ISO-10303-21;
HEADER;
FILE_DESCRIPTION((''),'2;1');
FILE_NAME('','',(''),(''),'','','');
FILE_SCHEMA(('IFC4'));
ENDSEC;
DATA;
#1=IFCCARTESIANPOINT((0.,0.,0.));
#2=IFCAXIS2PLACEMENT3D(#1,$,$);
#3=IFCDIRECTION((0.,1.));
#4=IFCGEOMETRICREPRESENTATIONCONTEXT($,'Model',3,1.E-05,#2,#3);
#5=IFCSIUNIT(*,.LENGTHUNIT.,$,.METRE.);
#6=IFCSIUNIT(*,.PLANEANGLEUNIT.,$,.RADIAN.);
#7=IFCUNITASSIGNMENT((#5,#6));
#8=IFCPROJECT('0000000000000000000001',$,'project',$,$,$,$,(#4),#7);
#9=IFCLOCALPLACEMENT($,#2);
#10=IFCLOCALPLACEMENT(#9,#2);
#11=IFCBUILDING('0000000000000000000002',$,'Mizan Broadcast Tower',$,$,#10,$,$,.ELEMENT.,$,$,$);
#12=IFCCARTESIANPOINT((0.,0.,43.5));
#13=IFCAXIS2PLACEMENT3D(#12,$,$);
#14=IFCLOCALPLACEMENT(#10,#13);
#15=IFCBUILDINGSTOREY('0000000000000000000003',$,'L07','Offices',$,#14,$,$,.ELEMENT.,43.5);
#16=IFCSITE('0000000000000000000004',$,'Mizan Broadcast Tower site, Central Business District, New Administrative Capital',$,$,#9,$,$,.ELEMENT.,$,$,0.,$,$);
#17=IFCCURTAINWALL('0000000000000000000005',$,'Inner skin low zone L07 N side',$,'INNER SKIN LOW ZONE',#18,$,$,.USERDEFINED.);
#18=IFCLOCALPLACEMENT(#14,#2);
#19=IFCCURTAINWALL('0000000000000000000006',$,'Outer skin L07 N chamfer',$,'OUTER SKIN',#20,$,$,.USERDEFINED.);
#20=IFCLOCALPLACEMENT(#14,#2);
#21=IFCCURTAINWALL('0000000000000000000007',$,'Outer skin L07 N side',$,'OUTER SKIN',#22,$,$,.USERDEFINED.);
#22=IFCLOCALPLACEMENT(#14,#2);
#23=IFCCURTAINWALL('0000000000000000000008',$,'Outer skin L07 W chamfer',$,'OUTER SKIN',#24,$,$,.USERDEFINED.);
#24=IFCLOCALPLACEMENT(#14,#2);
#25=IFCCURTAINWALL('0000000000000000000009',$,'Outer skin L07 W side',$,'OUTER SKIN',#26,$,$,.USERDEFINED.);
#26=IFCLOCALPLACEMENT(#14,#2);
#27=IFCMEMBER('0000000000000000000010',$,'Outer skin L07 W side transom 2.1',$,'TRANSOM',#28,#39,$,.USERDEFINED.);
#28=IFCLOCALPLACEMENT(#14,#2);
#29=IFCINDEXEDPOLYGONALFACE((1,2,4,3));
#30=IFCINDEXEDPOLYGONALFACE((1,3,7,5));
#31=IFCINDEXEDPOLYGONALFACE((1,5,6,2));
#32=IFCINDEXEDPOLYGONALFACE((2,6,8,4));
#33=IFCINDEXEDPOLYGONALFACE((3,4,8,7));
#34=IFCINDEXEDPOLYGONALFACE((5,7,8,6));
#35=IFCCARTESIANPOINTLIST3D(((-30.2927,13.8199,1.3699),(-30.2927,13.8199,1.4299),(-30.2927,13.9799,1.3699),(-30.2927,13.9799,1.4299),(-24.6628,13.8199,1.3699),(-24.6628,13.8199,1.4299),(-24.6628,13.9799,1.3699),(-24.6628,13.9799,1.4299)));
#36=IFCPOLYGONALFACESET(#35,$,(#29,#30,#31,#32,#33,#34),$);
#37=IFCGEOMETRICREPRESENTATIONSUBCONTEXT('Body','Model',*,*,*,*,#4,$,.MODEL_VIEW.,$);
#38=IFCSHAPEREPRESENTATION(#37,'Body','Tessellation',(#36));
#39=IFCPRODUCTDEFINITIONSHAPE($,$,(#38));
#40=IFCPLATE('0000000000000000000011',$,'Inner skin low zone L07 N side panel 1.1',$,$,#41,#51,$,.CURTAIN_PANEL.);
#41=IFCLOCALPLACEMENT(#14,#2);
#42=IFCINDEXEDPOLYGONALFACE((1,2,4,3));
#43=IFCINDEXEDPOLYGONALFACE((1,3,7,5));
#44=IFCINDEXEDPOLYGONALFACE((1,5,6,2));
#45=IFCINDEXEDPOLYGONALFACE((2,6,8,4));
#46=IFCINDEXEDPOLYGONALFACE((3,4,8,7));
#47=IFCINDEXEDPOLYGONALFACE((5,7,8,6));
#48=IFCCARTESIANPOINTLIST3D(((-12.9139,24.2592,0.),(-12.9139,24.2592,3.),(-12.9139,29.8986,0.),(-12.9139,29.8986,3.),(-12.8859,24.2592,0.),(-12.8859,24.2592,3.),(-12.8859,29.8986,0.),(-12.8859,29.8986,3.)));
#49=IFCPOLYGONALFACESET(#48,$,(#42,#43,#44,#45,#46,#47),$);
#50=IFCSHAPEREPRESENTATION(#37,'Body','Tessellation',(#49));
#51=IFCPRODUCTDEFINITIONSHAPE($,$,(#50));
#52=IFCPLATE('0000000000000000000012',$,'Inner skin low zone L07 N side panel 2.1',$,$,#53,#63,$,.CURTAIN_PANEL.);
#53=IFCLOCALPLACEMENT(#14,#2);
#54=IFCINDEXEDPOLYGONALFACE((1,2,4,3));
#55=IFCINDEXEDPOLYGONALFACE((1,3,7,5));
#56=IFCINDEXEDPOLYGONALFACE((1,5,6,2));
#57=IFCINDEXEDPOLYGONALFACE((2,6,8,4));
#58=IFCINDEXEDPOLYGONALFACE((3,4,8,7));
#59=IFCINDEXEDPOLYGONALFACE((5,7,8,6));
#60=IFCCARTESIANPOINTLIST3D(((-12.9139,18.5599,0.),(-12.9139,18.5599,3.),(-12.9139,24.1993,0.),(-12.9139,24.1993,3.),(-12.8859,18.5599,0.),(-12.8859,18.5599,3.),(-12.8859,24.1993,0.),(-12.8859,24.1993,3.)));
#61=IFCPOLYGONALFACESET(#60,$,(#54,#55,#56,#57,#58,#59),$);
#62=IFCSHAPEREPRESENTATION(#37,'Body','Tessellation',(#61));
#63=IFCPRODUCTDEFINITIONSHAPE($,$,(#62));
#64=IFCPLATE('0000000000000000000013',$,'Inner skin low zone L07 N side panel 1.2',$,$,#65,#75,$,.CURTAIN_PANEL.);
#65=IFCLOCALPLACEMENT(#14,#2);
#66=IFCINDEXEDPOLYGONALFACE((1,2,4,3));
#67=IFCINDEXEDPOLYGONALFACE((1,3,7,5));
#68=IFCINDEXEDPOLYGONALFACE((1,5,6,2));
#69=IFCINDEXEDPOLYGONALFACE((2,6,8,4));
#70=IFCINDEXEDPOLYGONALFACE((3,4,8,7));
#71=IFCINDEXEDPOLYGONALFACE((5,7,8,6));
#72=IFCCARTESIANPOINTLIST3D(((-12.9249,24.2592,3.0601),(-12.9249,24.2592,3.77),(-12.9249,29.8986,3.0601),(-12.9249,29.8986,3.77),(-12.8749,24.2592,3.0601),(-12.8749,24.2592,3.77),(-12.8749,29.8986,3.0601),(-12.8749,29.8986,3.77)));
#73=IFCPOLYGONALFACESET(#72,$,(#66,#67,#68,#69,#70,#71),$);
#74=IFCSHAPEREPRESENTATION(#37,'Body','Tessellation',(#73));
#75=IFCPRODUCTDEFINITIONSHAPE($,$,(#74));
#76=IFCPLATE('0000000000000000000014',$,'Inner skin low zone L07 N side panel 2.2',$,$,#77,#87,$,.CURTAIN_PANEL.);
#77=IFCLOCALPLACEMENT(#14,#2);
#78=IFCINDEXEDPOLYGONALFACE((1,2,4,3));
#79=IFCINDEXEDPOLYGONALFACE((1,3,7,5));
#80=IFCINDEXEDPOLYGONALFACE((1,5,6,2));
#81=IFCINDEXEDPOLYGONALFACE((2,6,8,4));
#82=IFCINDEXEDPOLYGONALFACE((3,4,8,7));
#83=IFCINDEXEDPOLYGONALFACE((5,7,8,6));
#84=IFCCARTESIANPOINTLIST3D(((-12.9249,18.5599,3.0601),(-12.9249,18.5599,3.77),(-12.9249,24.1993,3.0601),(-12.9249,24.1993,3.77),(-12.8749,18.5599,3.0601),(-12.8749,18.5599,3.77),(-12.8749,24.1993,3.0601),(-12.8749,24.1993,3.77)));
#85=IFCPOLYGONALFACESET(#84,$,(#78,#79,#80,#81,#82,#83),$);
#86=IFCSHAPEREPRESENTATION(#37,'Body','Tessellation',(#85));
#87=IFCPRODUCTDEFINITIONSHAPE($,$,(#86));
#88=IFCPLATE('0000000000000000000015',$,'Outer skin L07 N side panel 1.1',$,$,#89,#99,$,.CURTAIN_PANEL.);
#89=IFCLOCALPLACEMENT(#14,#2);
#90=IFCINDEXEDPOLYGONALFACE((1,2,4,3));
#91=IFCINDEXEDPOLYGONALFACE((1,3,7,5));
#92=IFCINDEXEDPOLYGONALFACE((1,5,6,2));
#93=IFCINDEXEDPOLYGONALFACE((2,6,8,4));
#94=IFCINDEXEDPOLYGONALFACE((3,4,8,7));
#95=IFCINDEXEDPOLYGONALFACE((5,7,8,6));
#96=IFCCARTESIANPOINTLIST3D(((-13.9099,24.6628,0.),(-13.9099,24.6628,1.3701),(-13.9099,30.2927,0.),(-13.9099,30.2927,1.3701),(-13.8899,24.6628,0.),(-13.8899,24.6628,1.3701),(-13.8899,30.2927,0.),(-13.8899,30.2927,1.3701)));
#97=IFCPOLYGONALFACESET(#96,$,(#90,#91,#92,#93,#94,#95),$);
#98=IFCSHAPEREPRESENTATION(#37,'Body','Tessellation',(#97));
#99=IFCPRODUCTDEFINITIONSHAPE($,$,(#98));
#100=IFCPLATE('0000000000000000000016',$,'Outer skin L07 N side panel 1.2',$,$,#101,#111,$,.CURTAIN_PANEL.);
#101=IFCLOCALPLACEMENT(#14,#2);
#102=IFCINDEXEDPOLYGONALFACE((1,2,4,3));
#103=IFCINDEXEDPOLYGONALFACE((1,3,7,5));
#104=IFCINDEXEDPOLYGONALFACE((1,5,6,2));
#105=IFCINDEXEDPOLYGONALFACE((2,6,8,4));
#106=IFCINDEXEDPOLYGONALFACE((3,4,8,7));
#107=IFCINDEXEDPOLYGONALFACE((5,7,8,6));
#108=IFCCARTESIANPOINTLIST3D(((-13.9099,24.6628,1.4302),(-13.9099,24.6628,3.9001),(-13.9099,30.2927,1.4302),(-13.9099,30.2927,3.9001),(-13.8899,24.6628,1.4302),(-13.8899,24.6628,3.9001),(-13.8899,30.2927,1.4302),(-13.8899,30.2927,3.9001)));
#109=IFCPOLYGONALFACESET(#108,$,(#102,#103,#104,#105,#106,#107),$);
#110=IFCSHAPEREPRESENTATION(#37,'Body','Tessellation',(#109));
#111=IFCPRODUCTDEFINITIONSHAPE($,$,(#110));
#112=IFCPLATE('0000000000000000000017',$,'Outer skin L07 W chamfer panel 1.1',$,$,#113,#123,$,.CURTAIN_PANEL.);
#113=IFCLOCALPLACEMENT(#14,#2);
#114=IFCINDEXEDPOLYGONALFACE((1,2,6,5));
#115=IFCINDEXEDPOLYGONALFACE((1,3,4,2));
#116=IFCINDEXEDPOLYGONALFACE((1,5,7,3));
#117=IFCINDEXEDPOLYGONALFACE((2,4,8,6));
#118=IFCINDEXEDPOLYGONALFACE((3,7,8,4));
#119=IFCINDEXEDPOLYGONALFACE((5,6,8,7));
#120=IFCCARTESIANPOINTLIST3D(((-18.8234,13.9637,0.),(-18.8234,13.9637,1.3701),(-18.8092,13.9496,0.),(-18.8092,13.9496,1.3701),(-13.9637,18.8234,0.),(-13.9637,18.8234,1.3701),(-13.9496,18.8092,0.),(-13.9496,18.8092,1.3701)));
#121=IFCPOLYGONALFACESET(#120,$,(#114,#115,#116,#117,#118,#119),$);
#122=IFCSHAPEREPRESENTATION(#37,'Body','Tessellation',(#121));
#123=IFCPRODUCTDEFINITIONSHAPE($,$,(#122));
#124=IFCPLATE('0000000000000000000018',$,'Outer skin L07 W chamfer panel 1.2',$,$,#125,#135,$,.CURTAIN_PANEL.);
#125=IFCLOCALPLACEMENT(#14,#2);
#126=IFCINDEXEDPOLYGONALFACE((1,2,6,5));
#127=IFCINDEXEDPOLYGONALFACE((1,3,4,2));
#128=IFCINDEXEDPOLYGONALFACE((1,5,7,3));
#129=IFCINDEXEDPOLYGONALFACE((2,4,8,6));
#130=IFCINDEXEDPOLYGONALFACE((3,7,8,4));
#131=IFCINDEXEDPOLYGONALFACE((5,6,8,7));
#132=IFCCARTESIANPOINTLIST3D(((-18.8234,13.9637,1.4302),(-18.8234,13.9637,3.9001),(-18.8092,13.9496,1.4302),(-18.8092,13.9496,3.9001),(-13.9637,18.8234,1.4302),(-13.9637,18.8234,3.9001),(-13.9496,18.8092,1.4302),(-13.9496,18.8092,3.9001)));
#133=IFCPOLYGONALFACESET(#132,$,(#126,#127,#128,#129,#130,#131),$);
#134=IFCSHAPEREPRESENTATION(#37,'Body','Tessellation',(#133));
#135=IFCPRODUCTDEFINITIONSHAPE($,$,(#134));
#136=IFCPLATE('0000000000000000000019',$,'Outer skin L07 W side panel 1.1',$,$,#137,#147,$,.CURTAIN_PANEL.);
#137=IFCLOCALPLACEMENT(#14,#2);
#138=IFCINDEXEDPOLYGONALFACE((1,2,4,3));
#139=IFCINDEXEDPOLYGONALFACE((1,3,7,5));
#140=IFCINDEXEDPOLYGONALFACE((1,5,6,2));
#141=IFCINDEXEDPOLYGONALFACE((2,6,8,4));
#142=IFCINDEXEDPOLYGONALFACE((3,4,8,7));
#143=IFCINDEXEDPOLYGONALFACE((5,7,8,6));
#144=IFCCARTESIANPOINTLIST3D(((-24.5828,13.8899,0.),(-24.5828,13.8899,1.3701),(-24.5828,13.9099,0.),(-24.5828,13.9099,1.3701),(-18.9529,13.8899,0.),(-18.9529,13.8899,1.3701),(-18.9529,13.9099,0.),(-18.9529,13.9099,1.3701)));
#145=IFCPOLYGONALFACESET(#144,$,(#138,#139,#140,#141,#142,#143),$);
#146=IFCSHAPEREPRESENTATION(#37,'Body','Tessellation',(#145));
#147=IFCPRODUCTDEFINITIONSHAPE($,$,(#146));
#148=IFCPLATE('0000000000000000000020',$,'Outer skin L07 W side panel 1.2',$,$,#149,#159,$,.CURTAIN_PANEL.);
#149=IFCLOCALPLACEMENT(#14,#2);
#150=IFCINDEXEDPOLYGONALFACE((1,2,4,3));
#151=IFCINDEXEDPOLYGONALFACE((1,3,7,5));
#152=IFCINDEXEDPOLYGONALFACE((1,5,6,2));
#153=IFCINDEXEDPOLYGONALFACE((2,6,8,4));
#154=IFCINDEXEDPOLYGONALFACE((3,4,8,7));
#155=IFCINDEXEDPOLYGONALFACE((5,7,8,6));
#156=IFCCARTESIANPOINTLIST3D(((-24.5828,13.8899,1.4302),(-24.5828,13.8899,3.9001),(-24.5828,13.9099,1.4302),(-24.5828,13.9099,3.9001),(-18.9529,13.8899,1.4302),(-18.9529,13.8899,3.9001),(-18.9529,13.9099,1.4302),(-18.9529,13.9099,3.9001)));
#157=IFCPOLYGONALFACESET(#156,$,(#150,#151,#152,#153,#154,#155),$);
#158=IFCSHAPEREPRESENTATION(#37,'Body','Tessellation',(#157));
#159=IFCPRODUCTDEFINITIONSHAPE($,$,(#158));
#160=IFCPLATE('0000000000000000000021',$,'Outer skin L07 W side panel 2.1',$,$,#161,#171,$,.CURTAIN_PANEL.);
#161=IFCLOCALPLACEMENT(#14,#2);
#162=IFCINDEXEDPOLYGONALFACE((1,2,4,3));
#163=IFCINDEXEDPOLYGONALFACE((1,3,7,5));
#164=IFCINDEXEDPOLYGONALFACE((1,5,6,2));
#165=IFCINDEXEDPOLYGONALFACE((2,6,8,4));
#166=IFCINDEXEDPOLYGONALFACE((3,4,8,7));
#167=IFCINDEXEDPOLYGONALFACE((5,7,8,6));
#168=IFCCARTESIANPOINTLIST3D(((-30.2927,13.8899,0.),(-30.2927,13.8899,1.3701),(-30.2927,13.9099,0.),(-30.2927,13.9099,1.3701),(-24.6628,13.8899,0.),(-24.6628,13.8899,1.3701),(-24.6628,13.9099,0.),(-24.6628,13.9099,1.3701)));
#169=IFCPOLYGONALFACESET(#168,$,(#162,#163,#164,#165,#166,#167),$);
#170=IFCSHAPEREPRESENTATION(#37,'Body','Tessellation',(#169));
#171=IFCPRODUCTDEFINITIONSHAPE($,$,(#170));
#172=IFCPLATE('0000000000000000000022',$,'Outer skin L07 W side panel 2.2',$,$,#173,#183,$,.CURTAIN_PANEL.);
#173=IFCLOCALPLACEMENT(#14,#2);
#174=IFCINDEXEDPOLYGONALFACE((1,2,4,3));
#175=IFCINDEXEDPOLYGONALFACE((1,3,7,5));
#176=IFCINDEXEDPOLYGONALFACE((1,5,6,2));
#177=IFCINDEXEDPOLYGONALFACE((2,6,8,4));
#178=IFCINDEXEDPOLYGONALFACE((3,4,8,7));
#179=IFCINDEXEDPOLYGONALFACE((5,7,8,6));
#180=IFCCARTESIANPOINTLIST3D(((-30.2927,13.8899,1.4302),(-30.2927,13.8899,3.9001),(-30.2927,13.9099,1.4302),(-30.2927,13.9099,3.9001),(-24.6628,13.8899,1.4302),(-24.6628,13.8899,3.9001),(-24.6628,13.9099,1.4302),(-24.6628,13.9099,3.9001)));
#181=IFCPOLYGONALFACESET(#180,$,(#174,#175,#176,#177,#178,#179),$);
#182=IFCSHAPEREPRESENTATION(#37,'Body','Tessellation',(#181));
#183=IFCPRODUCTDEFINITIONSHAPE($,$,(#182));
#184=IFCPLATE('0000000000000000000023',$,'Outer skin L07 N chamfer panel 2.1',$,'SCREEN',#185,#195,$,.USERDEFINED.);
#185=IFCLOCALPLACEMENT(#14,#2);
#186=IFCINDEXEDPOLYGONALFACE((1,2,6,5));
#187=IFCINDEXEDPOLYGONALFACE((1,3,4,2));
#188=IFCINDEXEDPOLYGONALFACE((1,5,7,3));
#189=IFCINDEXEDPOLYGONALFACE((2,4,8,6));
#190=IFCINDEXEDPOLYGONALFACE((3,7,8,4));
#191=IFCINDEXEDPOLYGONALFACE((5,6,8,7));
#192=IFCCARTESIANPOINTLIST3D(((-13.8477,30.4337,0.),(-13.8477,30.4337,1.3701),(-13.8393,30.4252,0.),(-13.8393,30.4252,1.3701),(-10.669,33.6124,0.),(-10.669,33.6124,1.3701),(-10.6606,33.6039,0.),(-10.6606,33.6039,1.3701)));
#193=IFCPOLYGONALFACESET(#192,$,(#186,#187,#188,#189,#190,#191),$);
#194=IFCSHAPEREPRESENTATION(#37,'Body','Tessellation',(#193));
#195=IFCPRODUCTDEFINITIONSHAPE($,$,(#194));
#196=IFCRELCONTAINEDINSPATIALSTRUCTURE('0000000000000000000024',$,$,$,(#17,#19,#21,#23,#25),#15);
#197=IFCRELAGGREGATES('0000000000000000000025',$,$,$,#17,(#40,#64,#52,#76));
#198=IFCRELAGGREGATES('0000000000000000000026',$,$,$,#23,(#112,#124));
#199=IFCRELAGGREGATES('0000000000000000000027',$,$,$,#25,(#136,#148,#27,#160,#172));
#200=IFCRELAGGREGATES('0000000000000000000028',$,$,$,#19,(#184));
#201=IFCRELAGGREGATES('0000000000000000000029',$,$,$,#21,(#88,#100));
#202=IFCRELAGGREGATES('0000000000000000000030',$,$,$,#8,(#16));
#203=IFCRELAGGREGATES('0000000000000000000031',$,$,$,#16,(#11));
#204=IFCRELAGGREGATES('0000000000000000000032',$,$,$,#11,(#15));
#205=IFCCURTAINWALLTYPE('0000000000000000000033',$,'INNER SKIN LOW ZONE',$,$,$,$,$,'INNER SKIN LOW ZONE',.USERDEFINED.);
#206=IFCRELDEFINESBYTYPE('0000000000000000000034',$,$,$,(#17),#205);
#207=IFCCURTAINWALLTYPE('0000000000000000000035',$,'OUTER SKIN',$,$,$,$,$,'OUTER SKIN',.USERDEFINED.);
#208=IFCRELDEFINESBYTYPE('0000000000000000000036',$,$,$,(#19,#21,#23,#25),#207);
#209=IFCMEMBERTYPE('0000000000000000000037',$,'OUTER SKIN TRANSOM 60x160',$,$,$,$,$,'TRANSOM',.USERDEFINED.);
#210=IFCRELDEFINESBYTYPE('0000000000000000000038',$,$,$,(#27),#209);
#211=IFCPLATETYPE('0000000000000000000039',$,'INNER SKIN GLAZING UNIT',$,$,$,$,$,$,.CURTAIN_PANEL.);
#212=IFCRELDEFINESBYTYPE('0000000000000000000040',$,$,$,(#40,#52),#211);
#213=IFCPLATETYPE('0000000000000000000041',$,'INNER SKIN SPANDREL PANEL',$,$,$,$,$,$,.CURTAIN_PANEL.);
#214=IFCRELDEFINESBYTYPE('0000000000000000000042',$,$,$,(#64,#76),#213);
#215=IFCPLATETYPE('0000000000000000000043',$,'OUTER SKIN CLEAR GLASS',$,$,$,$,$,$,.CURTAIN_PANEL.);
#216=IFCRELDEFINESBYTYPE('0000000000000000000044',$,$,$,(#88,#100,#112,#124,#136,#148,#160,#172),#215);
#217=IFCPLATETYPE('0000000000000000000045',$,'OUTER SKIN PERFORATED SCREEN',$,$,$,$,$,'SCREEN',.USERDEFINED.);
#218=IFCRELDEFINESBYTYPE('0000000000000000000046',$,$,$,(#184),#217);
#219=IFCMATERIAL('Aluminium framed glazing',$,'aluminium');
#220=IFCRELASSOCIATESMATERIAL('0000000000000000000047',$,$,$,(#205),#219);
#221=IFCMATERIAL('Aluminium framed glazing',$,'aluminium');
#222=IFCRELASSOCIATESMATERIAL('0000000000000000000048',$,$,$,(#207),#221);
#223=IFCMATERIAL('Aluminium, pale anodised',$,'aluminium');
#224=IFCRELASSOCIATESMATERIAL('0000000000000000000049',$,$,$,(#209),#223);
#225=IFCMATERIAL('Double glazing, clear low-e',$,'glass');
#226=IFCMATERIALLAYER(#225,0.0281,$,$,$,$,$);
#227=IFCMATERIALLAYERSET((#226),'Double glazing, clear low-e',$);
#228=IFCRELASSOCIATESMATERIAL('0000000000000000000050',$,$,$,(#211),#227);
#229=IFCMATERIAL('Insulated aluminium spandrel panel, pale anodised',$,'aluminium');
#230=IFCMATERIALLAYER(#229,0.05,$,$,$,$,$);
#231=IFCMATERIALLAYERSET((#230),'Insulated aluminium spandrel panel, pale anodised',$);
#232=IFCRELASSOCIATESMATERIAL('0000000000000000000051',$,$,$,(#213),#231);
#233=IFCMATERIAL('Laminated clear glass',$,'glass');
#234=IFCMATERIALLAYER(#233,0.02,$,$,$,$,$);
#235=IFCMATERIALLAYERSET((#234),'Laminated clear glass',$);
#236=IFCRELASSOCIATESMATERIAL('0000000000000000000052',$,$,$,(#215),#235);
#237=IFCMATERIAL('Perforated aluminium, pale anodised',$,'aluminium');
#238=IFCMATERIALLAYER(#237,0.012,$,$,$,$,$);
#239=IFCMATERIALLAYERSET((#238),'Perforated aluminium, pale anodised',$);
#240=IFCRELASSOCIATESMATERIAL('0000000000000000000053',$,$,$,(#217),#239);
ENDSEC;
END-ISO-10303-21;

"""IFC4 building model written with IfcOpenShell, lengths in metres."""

from ifc_helpers import new_model, si_unit, direction, frame, origin, origin_2d, place, context, subcontext, project, spatial, rectangle, extrude, material, layer, layer_set, material_profile, profile_set, type_object, element, aggregate, save


model = new_model("IFC4")

# Units and contexts
model_context = context("Model", 3, precision=1e-05, world=origin(), true_north=direction((0.0, 1.0)))
body_context = subcontext(model_context, "Body", "Model", "MODEL_VIEW")
ifc_project = project(units=[si_unit("LENGTHUNIT", "METRE"), si_unit("PLANEANGLEUNIT", "RADIAN")], contexts=[model_context])

# Site, building, storey
site_placement = place(None, origin())
site = spatial("IfcSite", under=ifc_project, at=site_placement, Name="Mizan Broadcast Tower site, Central Business District, New Administrative Capital", CompositionType="ELEMENT", RefElevation=0.0)
building_placement = place(site_placement, origin())
building = spatial("IfcBuilding", under=site, at=building_placement, Name="Mizan Broadcast Tower", CompositionType="ELEMENT")
storey_placement = place(building_placement, frame((0.0, 0.0, 43.5)))
storey = spatial("IfcBuildingStorey", under=building, at=storey_placement, Name="L07", Description="Offices", CompositionType="ELEMENT", Elevation=43.5)

# Shared definitions
ifc_material_1 = material(Name="Aluminium framed glazing", Category="aluminium")
curtain_wall_type_1 = type_object("IfcCurtainWallType", Name="INNER SKIN LOW ZONE", ElementType="INNER SKIN LOW ZONE", PredefinedType="USERDEFINED", material=ifc_material_1)

# Curtain wall
curtain_wall_1_placement = place(storey_placement, origin())
curtain_wall_1 = element("IfcCurtainWall", 1, at=curtain_wall_1_placement, inside=storey, type_object=curtain_wall_type_1, Name="Inner skin low zone L07 N side", ObjectType="INNER SKIN LOW ZONE", PredefinedType="USERDEFINED")

# Curtain wall
ifc_material_2 = material(Name="Aluminium framed glazing", Category="aluminium")
curtain_wall_type_2 = type_object("IfcCurtainWallType", Name="OUTER SKIN", ElementType="OUTER SKIN", PredefinedType="USERDEFINED", material=ifc_material_2)
curtain_wall_2_placement = place(storey_placement, origin())
curtain_wall_2 = element("IfcCurtainWall", 2, at=curtain_wall_2_placement, inside=storey, type_object=curtain_wall_type_2, Name="Outer skin L07 N chamfer", ObjectType="OUTER SKIN", PredefinedType="USERDEFINED")

# Curtain wall
curtain_wall_3_placement = place(storey_placement, origin())
curtain_wall_3 = element("IfcCurtainWall", 3, at=curtain_wall_3_placement, inside=storey, type_object=curtain_wall_type_2, Name="Outer skin L07 N side", ObjectType="OUTER SKIN", PredefinedType="USERDEFINED")

# Curtain walls
curtain_wall_4_placement = place(storey_placement, origin())
curtain_wall_4 = element("IfcCurtainWall", 4, at=curtain_wall_4_placement, inside=storey, type_object=curtain_wall_type_2, Name="Outer skin L07 W chamfer", ObjectType="OUTER SKIN", PredefinedType="USERDEFINED")
curtain_wall_5_placement = place(storey_placement, origin())
curtain_wall_5 = element("IfcCurtainWall", 5, at=curtain_wall_5_placement, inside=storey, type_object=curtain_wall_type_2, Name="Outer skin L07 W side", ObjectType="OUTER SKIN", PredefinedType="USERDEFINED")

# Member
ifc_material_3 = material(Name="Aluminium, pale anodised", Category="aluminium")
ifc_material_profile_1 = material_profile(ifc_material_3, rectangle(XDim=0.1599, YDim=0.0601, at=origin_2d()), Name="TRANSOM 160x60")
ifc_profile_set_1 = profile_set([ifc_material_profile_1], Name="Aluminium, pale anodised")
member_type_1 = type_object("IfcMemberType", Name="OUTER SKIN TRANSOM 60x160", ElementType="TRANSOM", PredefinedType="USERDEFINED", material=ifc_profile_set_1)
member_1_placement = place(storey_placement, frame((-24.6628, 13.8999, 1.3999), z_axis=(-1.0, 0.0, 0.0), x_axis=(0.0, -1.0, 0.0)))
member_1 = element("IfcMember", 6, at=member_1_placement, type_object=member_type_1, Name="Outer skin L07 W side transom 2.1", ObjectType="TRANSOM", PredefinedType="USERDEFINED", context=body_context, shape_type="SweptSolid", body=[
    extrude(rectangle(XDim=0.1599, YDim=0.0601, at=origin_2d()), origin(), (0.0, 0.0, 1.0), 5.6299),
])

# Plates
ifc_material_4 = material(Name="Double glazing, clear low-e", Category="glass")
ifc_layer_1 = layer(ifc_material_4, 0.0281)
ifc_layer_set_1 = layer_set([ifc_layer_1], Name="Double glazing, clear low-e")
plate_type_1 = type_object("IfcPlateType", Name="INNER SKIN GLAZING UNIT", PredefinedType="CURTAIN_PANEL", material=ifc_layer_set_1)
plate_1_placement = place(storey_placement, frame((-12.8999, 27.0789, 0.0), z_axis=(0.0, 0.0, 1.0), x_axis=(0.0, -1.0, 0.0)))
plate_1 = element("IfcPlate", 7, at=plate_1_placement, type_object=plate_type_1, Name="Inner skin low zone L07 N side panel 1.1", PredefinedType="CURTAIN_PANEL", context=body_context, shape_type="SweptSolid", body=[
    extrude(rectangle(XDim=5.6394, YDim=0.0281, at=origin_2d()), origin(), (0.0, 0.0, 1.0), 3.0),
])
plate_2_placement = place(storey_placement, frame((-12.8999, 21.3796, 0.0), z_axis=(0.0, 0.0, 1.0), x_axis=(0.0, -1.0, 0.0)))
plate_2 = element("IfcPlate", 8, at=plate_2_placement, type_object=plate_type_1, Name="Inner skin low zone L07 N side panel 2.1", PredefinedType="CURTAIN_PANEL", context=body_context, shape_type="SweptSolid", body=[
    extrude(rectangle(XDim=5.6394, YDim=0.0281, at=origin_2d()), origin(), (0.0, 0.0, 1.0), 3.0),
])
ifc_material_5 = material(Name="Insulated aluminium spandrel panel, pale anodised", Category="aluminium")
ifc_layer_2 = layer(ifc_material_5, 0.05)
ifc_layer_set_2 = layer_set([ifc_layer_2], Name="Insulated aluminium spandrel panel, pale anodised")
plate_type_2 = type_object("IfcPlateType", Name="INNER SKIN SPANDREL PANEL", PredefinedType="CURTAIN_PANEL", material=ifc_layer_set_2)
plate_3_placement = place(storey_placement, frame((-12.8999, 27.0789, 3.0601), z_axis=(0.0, 0.0, 1.0), x_axis=(0.0, -1.0, 0.0)))
plate_3 = element("IfcPlate", 9, at=plate_3_placement, type_object=plate_type_2, Name="Inner skin low zone L07 N side panel 1.2", PredefinedType="CURTAIN_PANEL", context=body_context, shape_type="SweptSolid", body=[
    extrude(rectangle(XDim=5.6394, YDim=0.05, at=origin_2d()), origin(), (0.0, 0.0, 1.0), 0.71),
])
plate_4_placement = place(storey_placement, frame((-12.8999, 21.3796, 3.0601), z_axis=(0.0, 0.0, 1.0), x_axis=(0.0, -1.0, 0.0)))
plate_4 = element("IfcPlate", 10, at=plate_4_placement, type_object=plate_type_2, Name="Inner skin low zone L07 N side panel 2.2", PredefinedType="CURTAIN_PANEL", context=body_context, shape_type="SweptSolid", body=[
    extrude(rectangle(XDim=5.6394, YDim=0.05, at=origin_2d()), origin(), (0.0, 0.0, 1.0), 0.71),
])
aggregate(curtain_wall_1, [plate_1, plate_3, plate_2, plate_4])
ifc_material_6 = material(Name="Laminated clear glass", Category="glass")
ifc_layer_3 = layer(ifc_material_6, 0.02)
ifc_layer_set_3 = layer_set([ifc_layer_3], Name="Laminated clear glass")
plate_type_3 = type_object("IfcPlateType", Name="OUTER SKIN CLEAR GLASS", PredefinedType="CURTAIN_PANEL", material=ifc_layer_set_3)
plate_5_placement = place(storey_placement, frame((-13.8999, 27.4778, 0.0), z_axis=(0.0, 0.0, 1.0), x_axis=(0.0, -1.0, 0.0)))
plate_5 = element("IfcPlate", 11, at=plate_5_placement, type_object=plate_type_3, Name="Outer skin L07 N side panel 1.1", PredefinedType="CURTAIN_PANEL", context=body_context, shape_type="SweptSolid", body=[
    extrude(rectangle(XDim=5.6299, YDim=0.02, at=origin_2d()), origin(), (0.0, 0.0, 1.0), 1.3701),
])
plate_6_placement = place(storey_placement, frame((-13.8999, 27.4778, 1.4302), z_axis=(0.0, 0.0, 1.0), x_axis=(0.0, -1.0, 0.0)))
plate_6 = element("IfcPlate", 12, at=plate_6_placement, type_object=plate_type_3, Name="Outer skin L07 N side panel 1.2", PredefinedType="CURTAIN_PANEL", context=body_context, shape_type="SweptSolid", body=[
    extrude(rectangle(XDim=5.6299, YDim=0.02, at=origin_2d()), origin(), (0.0, 0.0, 1.0), 2.47),
])
plate_7_placement = place(storey_placement, frame((-16.3865, 16.3865, 0.0), z_axis=(0.0, 0.0, 1.0), x_axis=(-0.707107, -0.707107, 0.0)))
plate_7 = element("IfcPlate", 13, at=plate_7_placement, type_object=plate_type_3, Name="Outer skin L07 W chamfer panel 1.1", PredefinedType="CURTAIN_PANEL", context=body_context, shape_type="SweptSolid", body=[
    extrude(rectangle(XDim=6.8726, YDim=0.02, at=origin_2d()), origin(), (0.0, 0.0, 1.0), 1.3701),
])
plate_8_placement = place(storey_placement, frame((-16.3865, 16.3865, 1.4302), z_axis=(0.0, 0.0, 1.0), x_axis=(-0.707107, -0.707107, 0.0)))
plate_8 = element("IfcPlate", 14, at=plate_8_placement, type_object=plate_type_3, Name="Outer skin L07 W chamfer panel 1.2", PredefinedType="CURTAIN_PANEL", context=body_context, shape_type="SweptSolid", body=[
    extrude(rectangle(XDim=6.8726, YDim=0.02, at=origin_2d()), origin(), (0.0, 0.0, 1.0), 2.47),
])
aggregate(curtain_wall_4, [plate_7, plate_8])
plate_9_placement = place(storey_placement, frame((-21.7678, 13.8999, 0.0), z_axis=(0.0, 0.0, 1.0), x_axis=(-1.0, 0.0, 0.0)))
plate_9 = element("IfcPlate", 15, at=plate_9_placement, type_object=plate_type_3, Name="Outer skin L07 W side panel 1.1", PredefinedType="CURTAIN_PANEL", context=body_context, shape_type="SweptSolid", body=[
    extrude(rectangle(XDim=5.6299, YDim=0.02, at=origin_2d()), origin(), (0.0, 0.0, 1.0), 1.3701),
])
plate_10_placement = place(storey_placement, frame((-21.7678, 13.8999, 1.4302), z_axis=(0.0, 0.0, 1.0), x_axis=(-1.0, 0.0, 0.0)))
plate_10 = element("IfcPlate", 16, at=plate_10_placement, type_object=plate_type_3, Name="Outer skin L07 W side panel 1.2", PredefinedType="CURTAIN_PANEL", context=body_context, shape_type="SweptSolid", body=[
    extrude(rectangle(XDim=5.6299, YDim=0.02, at=origin_2d()), origin(), (0.0, 0.0, 1.0), 2.47),
])
plate_11_placement = place(storey_placement, frame((-27.4778, 13.8999, 0.0), z_axis=(0.0, 0.0, 1.0), x_axis=(-1.0, 0.0, 0.0)))
plate_11 = element("IfcPlate", 17, at=plate_11_placement, type_object=plate_type_3, Name="Outer skin L07 W side panel 2.1", PredefinedType="CURTAIN_PANEL", context=body_context, shape_type="SweptSolid", body=[
    extrude(rectangle(XDim=5.6299, YDim=0.02, at=origin_2d()), origin(), (0.0, 0.0, 1.0), 1.3701),
])
plate_12_placement = place(storey_placement, frame((-27.4778, 13.8999, 1.4302), z_axis=(0.0, 0.0, 1.0), x_axis=(-1.0, 0.0, 0.0)))
plate_12 = element("IfcPlate", 18, at=plate_12_placement, type_object=plate_type_3, Name="Outer skin L07 W side panel 2.2", PredefinedType="CURTAIN_PANEL", context=body_context, shape_type="SweptSolid", body=[
    extrude(rectangle(XDim=5.6299, YDim=0.02, at=origin_2d()), origin(), (0.0, 0.0, 1.0), 2.47),
])
aggregate(curtain_wall_5, [plate_9, plate_10, member_1, plate_11, plate_12])
ifc_material_7 = material(Name="Perforated aluminium, pale anodised", Category="aluminium")
ifc_layer_4 = layer(ifc_material_7, 0.012)
ifc_layer_set_4 = layer_set([ifc_layer_4], Name="Perforated aluminium, pale anodised")
plate_type_4 = type_object("IfcPlateType", Name="OUTER SKIN PERFORATED SCREEN", ElementType="SCREEN", PredefinedType="USERDEFINED", material=ifc_layer_set_4)
plate_13_placement = place(storey_placement, frame((-12.2542, 32.0188, 0.0), z_axis=(0.0, 0.0, 1.0), x_axis=(-0.707107, -0.707107, 0.0)))
plate_13 = element("IfcPlate", 19, at=plate_13_placement, type_object=plate_type_4, Name="Outer skin L07 N chamfer panel 2.1", ObjectType="SCREEN", PredefinedType="USERDEFINED", context=body_context, shape_type="SweptSolid", body=[
    extrude(rectangle(XDim=4.4954, YDim=0.012, at=origin_2d()), origin(), (0.0, 0.0, 1.0), 1.3701),
])
aggregate(curtain_wall_2, [plate_13])
aggregate(curtain_wall_3, [plate_5, plate_6])

save(model, "model.ifc")
